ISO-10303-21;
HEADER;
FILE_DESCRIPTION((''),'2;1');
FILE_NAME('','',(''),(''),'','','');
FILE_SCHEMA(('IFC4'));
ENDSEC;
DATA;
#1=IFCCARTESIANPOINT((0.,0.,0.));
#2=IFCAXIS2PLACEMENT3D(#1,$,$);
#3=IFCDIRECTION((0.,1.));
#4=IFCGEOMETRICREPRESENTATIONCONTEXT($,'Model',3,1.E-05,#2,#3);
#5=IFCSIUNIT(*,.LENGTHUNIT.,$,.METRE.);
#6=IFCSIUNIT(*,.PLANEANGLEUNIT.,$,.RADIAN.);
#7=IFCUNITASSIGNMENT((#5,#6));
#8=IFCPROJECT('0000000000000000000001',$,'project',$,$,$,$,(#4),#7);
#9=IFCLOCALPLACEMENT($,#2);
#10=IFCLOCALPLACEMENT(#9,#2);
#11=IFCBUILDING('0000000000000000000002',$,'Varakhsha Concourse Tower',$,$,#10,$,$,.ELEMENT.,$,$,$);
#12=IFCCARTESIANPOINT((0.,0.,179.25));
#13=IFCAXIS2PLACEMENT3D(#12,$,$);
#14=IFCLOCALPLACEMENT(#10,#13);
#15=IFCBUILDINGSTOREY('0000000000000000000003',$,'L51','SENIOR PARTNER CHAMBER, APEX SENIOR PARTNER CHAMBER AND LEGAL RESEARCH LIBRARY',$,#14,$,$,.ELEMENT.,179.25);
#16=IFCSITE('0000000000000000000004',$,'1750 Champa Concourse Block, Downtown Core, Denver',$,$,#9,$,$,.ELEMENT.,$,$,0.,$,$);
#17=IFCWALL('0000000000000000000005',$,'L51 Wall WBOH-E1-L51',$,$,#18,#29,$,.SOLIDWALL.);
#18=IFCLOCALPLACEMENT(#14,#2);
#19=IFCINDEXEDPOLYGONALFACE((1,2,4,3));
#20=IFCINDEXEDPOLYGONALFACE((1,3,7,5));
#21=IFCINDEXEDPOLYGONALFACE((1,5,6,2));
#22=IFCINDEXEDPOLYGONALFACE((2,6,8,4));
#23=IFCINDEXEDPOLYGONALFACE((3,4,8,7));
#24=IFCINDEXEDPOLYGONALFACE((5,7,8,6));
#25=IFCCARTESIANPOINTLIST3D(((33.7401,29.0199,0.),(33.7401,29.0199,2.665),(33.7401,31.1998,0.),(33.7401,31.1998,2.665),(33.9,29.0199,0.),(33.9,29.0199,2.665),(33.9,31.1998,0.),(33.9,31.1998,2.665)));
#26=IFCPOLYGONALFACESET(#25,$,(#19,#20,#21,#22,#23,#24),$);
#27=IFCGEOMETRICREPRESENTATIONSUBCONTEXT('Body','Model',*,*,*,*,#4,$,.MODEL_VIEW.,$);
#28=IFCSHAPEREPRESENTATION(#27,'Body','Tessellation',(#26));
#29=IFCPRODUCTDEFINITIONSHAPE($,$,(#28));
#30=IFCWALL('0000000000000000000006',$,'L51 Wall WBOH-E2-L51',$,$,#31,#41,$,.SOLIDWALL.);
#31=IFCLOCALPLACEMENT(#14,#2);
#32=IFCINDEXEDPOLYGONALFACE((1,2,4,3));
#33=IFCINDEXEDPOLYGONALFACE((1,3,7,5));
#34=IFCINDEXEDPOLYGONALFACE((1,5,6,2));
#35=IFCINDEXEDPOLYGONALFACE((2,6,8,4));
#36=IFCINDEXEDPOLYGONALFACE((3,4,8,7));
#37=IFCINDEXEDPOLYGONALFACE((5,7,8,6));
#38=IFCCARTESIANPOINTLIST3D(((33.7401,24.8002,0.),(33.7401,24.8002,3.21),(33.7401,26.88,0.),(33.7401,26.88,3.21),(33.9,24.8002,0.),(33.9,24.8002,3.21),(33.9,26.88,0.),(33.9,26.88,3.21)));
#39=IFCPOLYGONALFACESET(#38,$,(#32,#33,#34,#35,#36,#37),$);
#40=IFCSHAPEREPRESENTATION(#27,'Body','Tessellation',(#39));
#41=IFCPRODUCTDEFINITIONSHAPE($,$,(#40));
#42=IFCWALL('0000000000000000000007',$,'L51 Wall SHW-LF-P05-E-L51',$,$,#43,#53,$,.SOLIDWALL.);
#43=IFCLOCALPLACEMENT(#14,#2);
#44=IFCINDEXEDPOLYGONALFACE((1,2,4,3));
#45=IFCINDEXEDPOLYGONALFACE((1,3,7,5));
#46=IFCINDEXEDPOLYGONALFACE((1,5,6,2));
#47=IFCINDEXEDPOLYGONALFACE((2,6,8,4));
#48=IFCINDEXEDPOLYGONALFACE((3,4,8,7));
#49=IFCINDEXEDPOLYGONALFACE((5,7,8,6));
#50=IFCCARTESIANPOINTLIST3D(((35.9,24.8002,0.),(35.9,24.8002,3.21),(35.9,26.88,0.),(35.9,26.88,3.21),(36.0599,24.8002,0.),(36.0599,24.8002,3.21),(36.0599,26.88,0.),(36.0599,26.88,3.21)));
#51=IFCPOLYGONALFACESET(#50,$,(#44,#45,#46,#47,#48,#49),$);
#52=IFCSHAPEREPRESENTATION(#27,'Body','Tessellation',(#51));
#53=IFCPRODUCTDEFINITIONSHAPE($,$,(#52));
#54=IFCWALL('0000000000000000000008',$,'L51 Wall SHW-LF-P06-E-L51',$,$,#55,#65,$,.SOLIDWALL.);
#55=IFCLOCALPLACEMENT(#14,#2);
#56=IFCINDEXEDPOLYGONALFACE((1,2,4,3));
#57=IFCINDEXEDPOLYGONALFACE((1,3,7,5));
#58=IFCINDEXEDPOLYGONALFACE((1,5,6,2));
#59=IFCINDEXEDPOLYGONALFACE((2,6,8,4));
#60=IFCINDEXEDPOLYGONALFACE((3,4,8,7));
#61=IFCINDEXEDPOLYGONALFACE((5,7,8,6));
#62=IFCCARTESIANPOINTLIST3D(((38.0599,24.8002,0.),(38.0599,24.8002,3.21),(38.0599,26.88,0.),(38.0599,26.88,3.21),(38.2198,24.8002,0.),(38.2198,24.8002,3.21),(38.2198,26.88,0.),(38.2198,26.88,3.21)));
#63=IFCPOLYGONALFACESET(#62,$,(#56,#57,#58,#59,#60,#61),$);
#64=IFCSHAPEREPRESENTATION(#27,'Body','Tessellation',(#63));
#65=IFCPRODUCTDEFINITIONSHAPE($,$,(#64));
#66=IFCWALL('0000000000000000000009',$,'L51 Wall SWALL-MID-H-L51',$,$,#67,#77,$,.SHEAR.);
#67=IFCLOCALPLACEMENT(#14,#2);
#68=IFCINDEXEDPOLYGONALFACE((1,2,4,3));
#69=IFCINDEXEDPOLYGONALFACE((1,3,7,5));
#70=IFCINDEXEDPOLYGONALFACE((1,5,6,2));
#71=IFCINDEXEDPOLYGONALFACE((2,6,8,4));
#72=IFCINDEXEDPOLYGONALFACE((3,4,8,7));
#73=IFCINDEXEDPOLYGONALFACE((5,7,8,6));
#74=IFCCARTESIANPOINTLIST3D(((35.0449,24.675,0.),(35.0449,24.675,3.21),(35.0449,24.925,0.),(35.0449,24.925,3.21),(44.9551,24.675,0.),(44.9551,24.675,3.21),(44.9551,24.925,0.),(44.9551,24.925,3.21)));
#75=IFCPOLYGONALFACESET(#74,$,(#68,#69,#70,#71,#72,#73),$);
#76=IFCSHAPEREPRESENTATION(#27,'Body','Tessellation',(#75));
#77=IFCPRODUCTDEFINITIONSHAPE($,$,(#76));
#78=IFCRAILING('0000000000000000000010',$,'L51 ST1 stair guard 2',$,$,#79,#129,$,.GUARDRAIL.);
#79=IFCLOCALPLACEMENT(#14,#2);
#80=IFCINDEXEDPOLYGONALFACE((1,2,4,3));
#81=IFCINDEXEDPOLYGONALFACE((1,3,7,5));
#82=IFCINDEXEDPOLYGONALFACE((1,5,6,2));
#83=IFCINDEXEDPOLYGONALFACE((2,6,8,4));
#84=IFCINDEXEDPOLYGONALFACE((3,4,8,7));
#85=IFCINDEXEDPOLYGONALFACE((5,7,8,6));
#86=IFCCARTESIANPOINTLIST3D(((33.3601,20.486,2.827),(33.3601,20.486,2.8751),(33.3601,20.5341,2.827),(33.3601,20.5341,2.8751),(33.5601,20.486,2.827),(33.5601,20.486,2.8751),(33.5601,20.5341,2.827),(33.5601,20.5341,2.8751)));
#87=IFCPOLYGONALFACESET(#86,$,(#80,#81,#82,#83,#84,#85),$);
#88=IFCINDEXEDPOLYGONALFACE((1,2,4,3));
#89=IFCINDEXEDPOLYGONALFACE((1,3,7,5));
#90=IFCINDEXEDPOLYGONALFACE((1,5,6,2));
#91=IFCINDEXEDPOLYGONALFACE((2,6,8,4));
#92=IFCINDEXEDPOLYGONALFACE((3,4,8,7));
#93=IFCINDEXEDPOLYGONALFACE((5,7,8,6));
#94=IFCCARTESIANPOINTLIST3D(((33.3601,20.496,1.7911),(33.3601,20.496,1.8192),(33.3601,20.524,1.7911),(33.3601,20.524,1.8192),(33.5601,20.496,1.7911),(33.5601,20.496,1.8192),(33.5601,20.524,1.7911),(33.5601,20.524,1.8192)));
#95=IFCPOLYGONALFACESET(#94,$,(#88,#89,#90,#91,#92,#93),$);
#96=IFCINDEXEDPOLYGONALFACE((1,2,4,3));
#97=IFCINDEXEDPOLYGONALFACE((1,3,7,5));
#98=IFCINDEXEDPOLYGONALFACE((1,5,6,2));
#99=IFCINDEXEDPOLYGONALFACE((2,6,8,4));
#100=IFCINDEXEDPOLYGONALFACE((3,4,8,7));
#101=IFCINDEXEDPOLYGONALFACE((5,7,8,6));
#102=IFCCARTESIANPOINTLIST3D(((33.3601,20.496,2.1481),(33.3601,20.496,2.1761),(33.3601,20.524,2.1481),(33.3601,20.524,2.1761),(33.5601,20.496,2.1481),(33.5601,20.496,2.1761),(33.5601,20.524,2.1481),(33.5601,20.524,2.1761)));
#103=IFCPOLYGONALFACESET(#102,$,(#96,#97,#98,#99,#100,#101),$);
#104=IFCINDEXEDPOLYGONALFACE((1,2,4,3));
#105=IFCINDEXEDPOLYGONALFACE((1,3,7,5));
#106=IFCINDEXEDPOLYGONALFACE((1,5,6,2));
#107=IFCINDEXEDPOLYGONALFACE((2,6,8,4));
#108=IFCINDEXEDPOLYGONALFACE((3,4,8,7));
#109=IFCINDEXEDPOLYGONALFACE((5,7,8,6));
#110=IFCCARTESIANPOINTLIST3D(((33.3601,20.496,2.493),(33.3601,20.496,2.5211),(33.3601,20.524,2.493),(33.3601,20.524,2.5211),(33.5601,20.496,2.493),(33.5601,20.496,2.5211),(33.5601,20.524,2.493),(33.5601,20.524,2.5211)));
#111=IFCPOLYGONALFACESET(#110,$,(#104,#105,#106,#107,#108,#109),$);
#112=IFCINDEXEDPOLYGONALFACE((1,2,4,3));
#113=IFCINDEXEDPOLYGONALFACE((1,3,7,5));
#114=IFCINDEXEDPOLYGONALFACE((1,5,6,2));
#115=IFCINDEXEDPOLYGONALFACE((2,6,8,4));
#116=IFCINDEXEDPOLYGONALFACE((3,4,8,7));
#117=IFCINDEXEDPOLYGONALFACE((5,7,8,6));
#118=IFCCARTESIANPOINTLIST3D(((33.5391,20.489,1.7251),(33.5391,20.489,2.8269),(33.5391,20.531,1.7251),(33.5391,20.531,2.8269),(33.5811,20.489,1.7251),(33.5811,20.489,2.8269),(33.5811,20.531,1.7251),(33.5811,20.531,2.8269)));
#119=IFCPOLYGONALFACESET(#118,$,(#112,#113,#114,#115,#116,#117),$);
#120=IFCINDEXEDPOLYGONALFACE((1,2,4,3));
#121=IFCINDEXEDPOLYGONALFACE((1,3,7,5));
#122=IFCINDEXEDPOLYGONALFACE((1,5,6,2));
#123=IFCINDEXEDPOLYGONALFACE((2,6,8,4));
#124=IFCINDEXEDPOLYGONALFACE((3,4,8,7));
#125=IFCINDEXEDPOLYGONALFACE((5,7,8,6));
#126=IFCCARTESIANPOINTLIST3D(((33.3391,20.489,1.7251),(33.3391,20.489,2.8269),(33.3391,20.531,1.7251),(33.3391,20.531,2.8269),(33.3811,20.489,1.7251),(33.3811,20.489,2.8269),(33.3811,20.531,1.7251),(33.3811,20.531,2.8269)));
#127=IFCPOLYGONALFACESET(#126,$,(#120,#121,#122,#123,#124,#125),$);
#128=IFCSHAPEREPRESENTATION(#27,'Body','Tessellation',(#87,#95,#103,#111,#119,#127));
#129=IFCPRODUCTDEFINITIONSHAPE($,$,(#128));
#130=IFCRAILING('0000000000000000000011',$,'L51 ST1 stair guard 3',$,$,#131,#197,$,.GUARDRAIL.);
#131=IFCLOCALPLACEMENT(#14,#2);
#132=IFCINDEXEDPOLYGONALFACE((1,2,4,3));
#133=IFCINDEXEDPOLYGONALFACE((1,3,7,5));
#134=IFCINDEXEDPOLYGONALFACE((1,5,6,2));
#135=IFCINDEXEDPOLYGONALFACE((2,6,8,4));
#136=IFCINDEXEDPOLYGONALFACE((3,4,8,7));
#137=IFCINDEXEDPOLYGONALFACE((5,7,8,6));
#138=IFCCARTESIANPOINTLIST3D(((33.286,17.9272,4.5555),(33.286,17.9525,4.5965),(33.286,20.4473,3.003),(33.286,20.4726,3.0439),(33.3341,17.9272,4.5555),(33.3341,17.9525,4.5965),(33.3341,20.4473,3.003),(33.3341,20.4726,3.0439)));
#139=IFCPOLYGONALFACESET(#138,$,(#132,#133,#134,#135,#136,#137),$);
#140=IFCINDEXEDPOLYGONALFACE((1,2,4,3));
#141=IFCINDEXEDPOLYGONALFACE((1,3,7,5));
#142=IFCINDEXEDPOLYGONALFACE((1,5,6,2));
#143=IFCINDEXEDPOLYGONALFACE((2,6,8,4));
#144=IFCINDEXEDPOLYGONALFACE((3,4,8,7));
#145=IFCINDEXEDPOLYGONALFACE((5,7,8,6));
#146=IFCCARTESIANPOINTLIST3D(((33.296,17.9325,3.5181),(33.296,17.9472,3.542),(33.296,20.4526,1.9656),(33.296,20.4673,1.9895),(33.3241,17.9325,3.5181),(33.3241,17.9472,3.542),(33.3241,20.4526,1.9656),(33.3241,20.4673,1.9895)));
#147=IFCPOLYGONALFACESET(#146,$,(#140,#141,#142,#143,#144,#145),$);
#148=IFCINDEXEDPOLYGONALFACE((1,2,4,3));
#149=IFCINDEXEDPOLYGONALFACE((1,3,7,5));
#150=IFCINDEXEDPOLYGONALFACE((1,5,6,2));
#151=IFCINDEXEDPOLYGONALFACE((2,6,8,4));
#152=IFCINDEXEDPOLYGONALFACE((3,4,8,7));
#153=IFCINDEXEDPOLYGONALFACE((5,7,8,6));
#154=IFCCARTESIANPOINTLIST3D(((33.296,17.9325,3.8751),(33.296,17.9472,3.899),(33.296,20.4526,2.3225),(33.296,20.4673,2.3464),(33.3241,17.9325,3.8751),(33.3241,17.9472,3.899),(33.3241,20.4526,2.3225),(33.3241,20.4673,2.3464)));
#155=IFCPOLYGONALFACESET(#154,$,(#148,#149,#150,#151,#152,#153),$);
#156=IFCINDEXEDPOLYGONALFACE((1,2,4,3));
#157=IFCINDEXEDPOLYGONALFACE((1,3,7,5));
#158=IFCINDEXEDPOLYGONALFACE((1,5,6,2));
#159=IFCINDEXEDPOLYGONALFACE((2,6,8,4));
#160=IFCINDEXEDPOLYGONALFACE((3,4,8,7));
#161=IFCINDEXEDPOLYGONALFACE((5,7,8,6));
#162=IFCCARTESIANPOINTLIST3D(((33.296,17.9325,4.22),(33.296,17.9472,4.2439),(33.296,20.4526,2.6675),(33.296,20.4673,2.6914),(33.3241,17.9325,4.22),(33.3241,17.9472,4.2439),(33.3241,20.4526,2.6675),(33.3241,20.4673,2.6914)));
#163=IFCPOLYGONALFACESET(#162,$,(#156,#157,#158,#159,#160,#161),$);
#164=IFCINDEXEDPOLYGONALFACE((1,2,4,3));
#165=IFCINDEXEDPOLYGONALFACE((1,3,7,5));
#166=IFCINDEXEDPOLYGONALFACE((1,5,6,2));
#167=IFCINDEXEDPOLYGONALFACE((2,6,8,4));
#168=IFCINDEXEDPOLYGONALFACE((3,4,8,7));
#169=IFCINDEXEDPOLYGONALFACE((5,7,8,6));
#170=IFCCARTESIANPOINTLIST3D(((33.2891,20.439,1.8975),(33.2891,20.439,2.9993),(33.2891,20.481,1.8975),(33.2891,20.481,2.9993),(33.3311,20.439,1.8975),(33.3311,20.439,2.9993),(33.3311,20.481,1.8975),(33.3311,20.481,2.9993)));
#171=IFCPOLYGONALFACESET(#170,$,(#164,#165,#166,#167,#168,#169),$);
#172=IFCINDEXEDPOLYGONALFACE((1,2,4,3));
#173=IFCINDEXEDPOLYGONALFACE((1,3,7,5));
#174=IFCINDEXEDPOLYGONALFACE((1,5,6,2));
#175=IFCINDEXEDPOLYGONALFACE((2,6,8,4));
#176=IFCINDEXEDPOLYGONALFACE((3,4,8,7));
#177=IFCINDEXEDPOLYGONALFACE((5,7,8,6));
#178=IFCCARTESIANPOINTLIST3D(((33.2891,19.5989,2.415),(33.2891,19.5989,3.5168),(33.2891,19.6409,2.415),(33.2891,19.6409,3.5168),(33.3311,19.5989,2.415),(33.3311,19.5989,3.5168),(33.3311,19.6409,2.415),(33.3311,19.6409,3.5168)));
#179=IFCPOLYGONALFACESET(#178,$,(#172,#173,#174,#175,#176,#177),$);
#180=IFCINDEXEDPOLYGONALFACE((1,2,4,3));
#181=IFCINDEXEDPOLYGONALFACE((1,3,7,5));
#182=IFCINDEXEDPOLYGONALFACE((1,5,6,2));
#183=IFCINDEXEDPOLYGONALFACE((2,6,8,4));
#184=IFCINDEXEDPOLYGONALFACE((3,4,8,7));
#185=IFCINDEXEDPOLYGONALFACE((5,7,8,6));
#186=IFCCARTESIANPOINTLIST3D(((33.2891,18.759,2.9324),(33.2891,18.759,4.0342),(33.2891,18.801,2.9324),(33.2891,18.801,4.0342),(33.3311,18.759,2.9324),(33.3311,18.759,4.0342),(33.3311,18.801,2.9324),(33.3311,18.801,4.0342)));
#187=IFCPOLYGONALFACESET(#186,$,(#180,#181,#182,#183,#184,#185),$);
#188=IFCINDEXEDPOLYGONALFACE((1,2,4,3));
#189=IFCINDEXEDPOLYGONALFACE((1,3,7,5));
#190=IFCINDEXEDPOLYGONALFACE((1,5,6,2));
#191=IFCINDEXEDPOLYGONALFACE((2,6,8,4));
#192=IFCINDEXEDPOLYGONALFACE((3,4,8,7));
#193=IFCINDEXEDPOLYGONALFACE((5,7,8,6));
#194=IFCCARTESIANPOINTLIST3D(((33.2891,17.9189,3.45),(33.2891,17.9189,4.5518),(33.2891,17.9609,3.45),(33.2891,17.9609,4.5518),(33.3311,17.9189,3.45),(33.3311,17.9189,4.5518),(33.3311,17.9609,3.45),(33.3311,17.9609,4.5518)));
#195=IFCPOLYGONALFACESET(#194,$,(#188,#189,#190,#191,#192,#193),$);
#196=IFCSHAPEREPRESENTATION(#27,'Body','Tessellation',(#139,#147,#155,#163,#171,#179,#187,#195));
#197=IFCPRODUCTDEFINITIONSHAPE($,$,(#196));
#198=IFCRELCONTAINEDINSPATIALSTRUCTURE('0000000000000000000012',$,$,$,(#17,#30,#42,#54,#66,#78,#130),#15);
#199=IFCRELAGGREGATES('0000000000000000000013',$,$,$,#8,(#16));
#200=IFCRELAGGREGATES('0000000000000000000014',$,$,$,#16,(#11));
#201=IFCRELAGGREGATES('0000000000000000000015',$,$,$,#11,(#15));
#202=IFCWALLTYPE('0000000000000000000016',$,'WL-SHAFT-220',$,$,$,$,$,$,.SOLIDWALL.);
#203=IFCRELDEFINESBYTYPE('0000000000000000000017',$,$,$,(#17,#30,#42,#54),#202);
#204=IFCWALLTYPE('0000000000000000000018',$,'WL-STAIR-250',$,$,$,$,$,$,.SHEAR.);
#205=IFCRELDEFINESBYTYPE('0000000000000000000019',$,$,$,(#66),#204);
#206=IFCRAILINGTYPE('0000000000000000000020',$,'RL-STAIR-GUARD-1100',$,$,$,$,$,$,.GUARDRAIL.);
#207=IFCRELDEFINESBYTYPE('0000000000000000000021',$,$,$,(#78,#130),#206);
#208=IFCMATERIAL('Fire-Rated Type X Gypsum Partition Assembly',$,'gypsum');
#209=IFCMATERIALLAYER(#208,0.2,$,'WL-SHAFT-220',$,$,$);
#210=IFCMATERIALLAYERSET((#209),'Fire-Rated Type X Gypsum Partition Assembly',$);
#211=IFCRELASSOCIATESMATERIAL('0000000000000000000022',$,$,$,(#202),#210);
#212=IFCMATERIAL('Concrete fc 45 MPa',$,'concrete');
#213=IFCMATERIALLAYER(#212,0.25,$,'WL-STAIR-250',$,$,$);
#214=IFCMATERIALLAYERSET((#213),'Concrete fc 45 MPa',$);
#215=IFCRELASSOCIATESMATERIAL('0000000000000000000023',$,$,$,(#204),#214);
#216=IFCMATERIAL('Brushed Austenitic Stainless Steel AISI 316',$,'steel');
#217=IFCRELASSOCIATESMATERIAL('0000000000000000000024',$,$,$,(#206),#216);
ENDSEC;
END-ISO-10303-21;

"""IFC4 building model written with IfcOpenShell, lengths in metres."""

from ifc_helpers import new_model, si_unit, direction, frame, frame_2d, origin, origin_2d, place, context, subcontext, project, spatial, rectangle, extrude, material, layer, layer_set, type_object, element, save


model = new_model("IFC4")

# Units and contexts
model_context = context("Model", 3, precision=1e-05, world=origin(), true_north=direction((0.0, 1.0)))
body_context = subcontext(model_context, "Body", "Model", "MODEL_VIEW")
ifc_project = project(units=[si_unit("LENGTHUNIT", "METRE"), si_unit("PLANEANGLEUNIT", "RADIAN")], contexts=[model_context])

# Site, building, storey
site_placement = place(None, origin())
site = spatial("IfcSite", under=ifc_project, at=site_placement, Name="1750 Champa Concourse Block, Downtown Core, Denver", CompositionType="ELEMENT", RefElevation=0.0)
building_placement = place(site_placement, origin())
building = spatial("IfcBuilding", under=site, at=building_placement, Name="Varakhsha Concourse Tower", CompositionType="ELEMENT")
storey_placement = place(building_placement, frame((0.0, 0.0, 179.25)))
storey = spatial("IfcBuildingStorey", under=building, at=storey_placement, Name="L51", Description="SENIOR PARTNER CHAMBER, APEX SENIOR PARTNER CHAMBER AND LEGAL RESEARCH LIBRARY", CompositionType="ELEMENT", Elevation=179.25)

# Shared definitions
ifc_material_1 = material(Name="Fire-Rated Type X Gypsum Partition Assembly", Category="gypsum")
ifc_layer_1 = layer(ifc_material_1, 0.2, Name="WL-SHAFT-220")
ifc_layer_set_1 = layer_set([ifc_layer_1], Name="Fire-Rated Type X Gypsum Partition Assembly")
wall_type_1 = type_object("IfcWallType", Name="WL-SHAFT-220", PredefinedType="SOLIDWALL", material=ifc_layer_set_1)
ifc_material_2 = material(Name="Brushed Austenitic Stainless Steel AISI 316", Category="steel")

# Walls
wall_1_placement = place(storey_placement, frame((33.8201, 29.02, 0.0), z_axis=(0.0, 0.0, 1.0), x_axis=(0.0, 1.0, 0.0)))
element("IfcWall", 1, at=wall_1_placement, inside=storey, type_object=wall_type_1, Name="L51 Wall WBOH-E1-L51", PredefinedType="SOLIDWALL", context=body_context, shape_type="SweptSolid", body=[
    extrude(rectangle(XDim=2.1799, YDim=0.1599, at=frame_2d((1.0898, 0.0))), origin(), (0.0, 0.0, 1.0), 2.665),
])
for number, where, z_axis, x_axis, name in (
    (2, (33.8201, 24.8, 0.0), (0.0, 0.0, 1.0), (0.0, 1.0, 0.0), "L51 Wall WBOH-E2-L51"),
    (3, (35.98, 24.8, 0.0), (0.0, 0.0, 1.0), (0.0, 1.0, 0.0), "L51 Wall SHW-LF-P05-E-L51"),
    (4, (38.1399, 24.8, 0.0), (0.0, 0.0, 1.0), (0.0, 1.0, 0.0), "L51 Wall SHW-LF-P06-E-L51"),
):
    element("IfcWall", number, at=place(storey_placement, frame(where, z_axis=z_axis, x_axis=x_axis)), inside=storey, type_object=wall_type_1, Name=name, PredefinedType="SOLIDWALL", context=body_context, shape_type="SweptSolid", body=[
        extrude(rectangle(XDim=2.0798, YDim=0.1599, at=frame_2d((1.04, 0.0))), origin(), (0.0, 0.0, 1.0), 3.21),
    ])
ifc_material_3 = material(Name="Concrete fc 45 MPa", Category="concrete")
ifc_layer_2 = layer(ifc_material_3, 0.25, Name="WL-STAIR-250")
ifc_layer_set_2 = layer_set([ifc_layer_2], Name="Concrete fc 45 MPa")
wall_type_2 = type_object("IfcWallType", Name="WL-STAIR-250", PredefinedType="SHEAR", material=ifc_layer_set_2)
wall_2_placement = place(storey_placement, frame((35.0449, 24.8, 0.0), z_axis=(0.0, 0.0, 1.0), x_axis=(1.0, 0.0, 0.0)))
element("IfcWall", 5, at=wall_2_placement, inside=storey, type_object=wall_type_2, Name="L51 Wall SWALL-MID-H-L51", PredefinedType="SHEAR", context=body_context, shape_type="SweptSolid", body=[
    extrude(rectangle(XDim=9.9102, YDim=0.25, at=frame_2d((4.9551, 0.0))), origin(), (0.0, 0.0, 1.0), 3.21),
])

# Railings
railing_type = type_object("IfcRailingType", Name="RL-STAIR-GUARD-1100", PredefinedType="GUARDRAIL", material=ifc_material_2)
railing_1_placement = place(storey_placement, frame((33.5601, 20.51, 1.7251)))
element("IfcRailing", 6, at=railing_1_placement, inside=storey, type_object=railing_type, Name="L51 ST1 stair guard 2", PredefinedType="GUARDRAIL", context=body_context, shape_type="SweptSolid", body=[
    extrude(rectangle(XDim=0.0481, YDim=0.0481, at=origin_2d()), frame((0.0, 0.0, 1.126), z_axis=(-1.0, 0.0, 0.0), x_axis=(0.0, -1.0, 0.0)), (0.0, 0.0, 1.0), 0.2),
    extrude(rectangle(XDim=0.0281, YDim=0.0281, at=origin_2d()), frame((0.0, 0.0, 0.0801), z_axis=(-1.0, 0.0, 0.0), x_axis=(0.0, -1.0, 0.0)), (0.0, 0.0, 1.0), 0.2),
    extrude(rectangle(XDim=0.0281, YDim=0.0281, at=origin_2d()), frame((0.0, 0.0, 0.437), z_axis=(-1.0, 0.0, 0.0), x_axis=(0.0, -1.0, 0.0)), (0.0, 0.0, 1.0), 0.2),
    extrude(rectangle(XDim=0.0281, YDim=0.0281, at=origin_2d()), frame((0.0, 0.0, 0.782), z_axis=(-1.0, 0.0, 0.0), x_axis=(0.0, -1.0, 0.0)), (0.0, 0.0, 1.0), 0.2),
    extrude(rectangle(XDim=0.042, YDim=0.042, at=origin_2d()), origin(), (0.0, 0.0, 1.0), 1.1018),
    extrude(rectangle(XDim=0.042, YDim=0.042, at=origin_2d()), frame((-0.2, 0.0, 0.0)), (0.0, 0.0, 1.0), 1.1018),
])
railing_2_placement = place(storey_placement, frame((33.3101, 20.46, 1.8975)))
element("IfcRailing", 7, at=railing_2_placement, inside=storey, type_object=railing_type, Name="L51 ST1 stair guard 3", PredefinedType="GUARDRAIL", context=body_context, shape_type="SweptSolid", body=[
    extrude(rectangle(XDim=0.0481, YDim=0.0481, at=origin_2d()), frame((0.0, 0.0, 1.126), z_axis=(0.0, -0.8514, 0.524516), x_axis=(1.0, 0.0, 0.0)), (0.0, 0.0, 1.0), 2.96),
    extrude(rectangle(XDim=0.0281, YDim=0.0281, at=origin_2d()), frame((0.0, 0.0, 0.0801), z_axis=(0.0, -0.8514, 0.524516), x_axis=(1.0, 0.0, 0.0)), (0.0, 0.0, 1.0), 2.96),
    extrude(rectangle(XDim=0.0281, YDim=0.0281, at=origin_2d()), frame((0.0, 0.0, 0.437), z_axis=(0.0, -0.8514, 0.524516), x_axis=(1.0, 0.0, 0.0)), (0.0, 0.0, 1.0), 2.96),
    extrude(rectangle(XDim=0.0281, YDim=0.0281, at=origin_2d()), frame((0.0, 0.0, 0.782), z_axis=(0.0, -0.8514, 0.524516), x_axis=(1.0, 0.0, 0.0)), (0.0, 0.0, 1.0), 2.96),
    extrude(rectangle(XDim=0.042, YDim=0.042, at=origin_2d()), origin(), (0.0, 0.0, 1.0), 1.1018),
    extrude(rectangle(XDim=0.042, YDim=0.042, at=origin_2d()), frame((0.0, -0.8401, 0.5176)), (0.0, 0.0, 1.0), 1.1018),
    extrude(rectangle(XDim=0.042, YDim=0.042, at=origin_2d()), frame((0.0, -1.6799, 1.0349)), (0.0, 0.0, 1.0), 1.1018),
    extrude(rectangle(XDim=0.042, YDim=0.042, at=origin_2d()), frame((0.0, -2.52, 1.5525)), (0.0, 0.0, 1.0), 1.1018),
])

save(model, "model.ifc")
